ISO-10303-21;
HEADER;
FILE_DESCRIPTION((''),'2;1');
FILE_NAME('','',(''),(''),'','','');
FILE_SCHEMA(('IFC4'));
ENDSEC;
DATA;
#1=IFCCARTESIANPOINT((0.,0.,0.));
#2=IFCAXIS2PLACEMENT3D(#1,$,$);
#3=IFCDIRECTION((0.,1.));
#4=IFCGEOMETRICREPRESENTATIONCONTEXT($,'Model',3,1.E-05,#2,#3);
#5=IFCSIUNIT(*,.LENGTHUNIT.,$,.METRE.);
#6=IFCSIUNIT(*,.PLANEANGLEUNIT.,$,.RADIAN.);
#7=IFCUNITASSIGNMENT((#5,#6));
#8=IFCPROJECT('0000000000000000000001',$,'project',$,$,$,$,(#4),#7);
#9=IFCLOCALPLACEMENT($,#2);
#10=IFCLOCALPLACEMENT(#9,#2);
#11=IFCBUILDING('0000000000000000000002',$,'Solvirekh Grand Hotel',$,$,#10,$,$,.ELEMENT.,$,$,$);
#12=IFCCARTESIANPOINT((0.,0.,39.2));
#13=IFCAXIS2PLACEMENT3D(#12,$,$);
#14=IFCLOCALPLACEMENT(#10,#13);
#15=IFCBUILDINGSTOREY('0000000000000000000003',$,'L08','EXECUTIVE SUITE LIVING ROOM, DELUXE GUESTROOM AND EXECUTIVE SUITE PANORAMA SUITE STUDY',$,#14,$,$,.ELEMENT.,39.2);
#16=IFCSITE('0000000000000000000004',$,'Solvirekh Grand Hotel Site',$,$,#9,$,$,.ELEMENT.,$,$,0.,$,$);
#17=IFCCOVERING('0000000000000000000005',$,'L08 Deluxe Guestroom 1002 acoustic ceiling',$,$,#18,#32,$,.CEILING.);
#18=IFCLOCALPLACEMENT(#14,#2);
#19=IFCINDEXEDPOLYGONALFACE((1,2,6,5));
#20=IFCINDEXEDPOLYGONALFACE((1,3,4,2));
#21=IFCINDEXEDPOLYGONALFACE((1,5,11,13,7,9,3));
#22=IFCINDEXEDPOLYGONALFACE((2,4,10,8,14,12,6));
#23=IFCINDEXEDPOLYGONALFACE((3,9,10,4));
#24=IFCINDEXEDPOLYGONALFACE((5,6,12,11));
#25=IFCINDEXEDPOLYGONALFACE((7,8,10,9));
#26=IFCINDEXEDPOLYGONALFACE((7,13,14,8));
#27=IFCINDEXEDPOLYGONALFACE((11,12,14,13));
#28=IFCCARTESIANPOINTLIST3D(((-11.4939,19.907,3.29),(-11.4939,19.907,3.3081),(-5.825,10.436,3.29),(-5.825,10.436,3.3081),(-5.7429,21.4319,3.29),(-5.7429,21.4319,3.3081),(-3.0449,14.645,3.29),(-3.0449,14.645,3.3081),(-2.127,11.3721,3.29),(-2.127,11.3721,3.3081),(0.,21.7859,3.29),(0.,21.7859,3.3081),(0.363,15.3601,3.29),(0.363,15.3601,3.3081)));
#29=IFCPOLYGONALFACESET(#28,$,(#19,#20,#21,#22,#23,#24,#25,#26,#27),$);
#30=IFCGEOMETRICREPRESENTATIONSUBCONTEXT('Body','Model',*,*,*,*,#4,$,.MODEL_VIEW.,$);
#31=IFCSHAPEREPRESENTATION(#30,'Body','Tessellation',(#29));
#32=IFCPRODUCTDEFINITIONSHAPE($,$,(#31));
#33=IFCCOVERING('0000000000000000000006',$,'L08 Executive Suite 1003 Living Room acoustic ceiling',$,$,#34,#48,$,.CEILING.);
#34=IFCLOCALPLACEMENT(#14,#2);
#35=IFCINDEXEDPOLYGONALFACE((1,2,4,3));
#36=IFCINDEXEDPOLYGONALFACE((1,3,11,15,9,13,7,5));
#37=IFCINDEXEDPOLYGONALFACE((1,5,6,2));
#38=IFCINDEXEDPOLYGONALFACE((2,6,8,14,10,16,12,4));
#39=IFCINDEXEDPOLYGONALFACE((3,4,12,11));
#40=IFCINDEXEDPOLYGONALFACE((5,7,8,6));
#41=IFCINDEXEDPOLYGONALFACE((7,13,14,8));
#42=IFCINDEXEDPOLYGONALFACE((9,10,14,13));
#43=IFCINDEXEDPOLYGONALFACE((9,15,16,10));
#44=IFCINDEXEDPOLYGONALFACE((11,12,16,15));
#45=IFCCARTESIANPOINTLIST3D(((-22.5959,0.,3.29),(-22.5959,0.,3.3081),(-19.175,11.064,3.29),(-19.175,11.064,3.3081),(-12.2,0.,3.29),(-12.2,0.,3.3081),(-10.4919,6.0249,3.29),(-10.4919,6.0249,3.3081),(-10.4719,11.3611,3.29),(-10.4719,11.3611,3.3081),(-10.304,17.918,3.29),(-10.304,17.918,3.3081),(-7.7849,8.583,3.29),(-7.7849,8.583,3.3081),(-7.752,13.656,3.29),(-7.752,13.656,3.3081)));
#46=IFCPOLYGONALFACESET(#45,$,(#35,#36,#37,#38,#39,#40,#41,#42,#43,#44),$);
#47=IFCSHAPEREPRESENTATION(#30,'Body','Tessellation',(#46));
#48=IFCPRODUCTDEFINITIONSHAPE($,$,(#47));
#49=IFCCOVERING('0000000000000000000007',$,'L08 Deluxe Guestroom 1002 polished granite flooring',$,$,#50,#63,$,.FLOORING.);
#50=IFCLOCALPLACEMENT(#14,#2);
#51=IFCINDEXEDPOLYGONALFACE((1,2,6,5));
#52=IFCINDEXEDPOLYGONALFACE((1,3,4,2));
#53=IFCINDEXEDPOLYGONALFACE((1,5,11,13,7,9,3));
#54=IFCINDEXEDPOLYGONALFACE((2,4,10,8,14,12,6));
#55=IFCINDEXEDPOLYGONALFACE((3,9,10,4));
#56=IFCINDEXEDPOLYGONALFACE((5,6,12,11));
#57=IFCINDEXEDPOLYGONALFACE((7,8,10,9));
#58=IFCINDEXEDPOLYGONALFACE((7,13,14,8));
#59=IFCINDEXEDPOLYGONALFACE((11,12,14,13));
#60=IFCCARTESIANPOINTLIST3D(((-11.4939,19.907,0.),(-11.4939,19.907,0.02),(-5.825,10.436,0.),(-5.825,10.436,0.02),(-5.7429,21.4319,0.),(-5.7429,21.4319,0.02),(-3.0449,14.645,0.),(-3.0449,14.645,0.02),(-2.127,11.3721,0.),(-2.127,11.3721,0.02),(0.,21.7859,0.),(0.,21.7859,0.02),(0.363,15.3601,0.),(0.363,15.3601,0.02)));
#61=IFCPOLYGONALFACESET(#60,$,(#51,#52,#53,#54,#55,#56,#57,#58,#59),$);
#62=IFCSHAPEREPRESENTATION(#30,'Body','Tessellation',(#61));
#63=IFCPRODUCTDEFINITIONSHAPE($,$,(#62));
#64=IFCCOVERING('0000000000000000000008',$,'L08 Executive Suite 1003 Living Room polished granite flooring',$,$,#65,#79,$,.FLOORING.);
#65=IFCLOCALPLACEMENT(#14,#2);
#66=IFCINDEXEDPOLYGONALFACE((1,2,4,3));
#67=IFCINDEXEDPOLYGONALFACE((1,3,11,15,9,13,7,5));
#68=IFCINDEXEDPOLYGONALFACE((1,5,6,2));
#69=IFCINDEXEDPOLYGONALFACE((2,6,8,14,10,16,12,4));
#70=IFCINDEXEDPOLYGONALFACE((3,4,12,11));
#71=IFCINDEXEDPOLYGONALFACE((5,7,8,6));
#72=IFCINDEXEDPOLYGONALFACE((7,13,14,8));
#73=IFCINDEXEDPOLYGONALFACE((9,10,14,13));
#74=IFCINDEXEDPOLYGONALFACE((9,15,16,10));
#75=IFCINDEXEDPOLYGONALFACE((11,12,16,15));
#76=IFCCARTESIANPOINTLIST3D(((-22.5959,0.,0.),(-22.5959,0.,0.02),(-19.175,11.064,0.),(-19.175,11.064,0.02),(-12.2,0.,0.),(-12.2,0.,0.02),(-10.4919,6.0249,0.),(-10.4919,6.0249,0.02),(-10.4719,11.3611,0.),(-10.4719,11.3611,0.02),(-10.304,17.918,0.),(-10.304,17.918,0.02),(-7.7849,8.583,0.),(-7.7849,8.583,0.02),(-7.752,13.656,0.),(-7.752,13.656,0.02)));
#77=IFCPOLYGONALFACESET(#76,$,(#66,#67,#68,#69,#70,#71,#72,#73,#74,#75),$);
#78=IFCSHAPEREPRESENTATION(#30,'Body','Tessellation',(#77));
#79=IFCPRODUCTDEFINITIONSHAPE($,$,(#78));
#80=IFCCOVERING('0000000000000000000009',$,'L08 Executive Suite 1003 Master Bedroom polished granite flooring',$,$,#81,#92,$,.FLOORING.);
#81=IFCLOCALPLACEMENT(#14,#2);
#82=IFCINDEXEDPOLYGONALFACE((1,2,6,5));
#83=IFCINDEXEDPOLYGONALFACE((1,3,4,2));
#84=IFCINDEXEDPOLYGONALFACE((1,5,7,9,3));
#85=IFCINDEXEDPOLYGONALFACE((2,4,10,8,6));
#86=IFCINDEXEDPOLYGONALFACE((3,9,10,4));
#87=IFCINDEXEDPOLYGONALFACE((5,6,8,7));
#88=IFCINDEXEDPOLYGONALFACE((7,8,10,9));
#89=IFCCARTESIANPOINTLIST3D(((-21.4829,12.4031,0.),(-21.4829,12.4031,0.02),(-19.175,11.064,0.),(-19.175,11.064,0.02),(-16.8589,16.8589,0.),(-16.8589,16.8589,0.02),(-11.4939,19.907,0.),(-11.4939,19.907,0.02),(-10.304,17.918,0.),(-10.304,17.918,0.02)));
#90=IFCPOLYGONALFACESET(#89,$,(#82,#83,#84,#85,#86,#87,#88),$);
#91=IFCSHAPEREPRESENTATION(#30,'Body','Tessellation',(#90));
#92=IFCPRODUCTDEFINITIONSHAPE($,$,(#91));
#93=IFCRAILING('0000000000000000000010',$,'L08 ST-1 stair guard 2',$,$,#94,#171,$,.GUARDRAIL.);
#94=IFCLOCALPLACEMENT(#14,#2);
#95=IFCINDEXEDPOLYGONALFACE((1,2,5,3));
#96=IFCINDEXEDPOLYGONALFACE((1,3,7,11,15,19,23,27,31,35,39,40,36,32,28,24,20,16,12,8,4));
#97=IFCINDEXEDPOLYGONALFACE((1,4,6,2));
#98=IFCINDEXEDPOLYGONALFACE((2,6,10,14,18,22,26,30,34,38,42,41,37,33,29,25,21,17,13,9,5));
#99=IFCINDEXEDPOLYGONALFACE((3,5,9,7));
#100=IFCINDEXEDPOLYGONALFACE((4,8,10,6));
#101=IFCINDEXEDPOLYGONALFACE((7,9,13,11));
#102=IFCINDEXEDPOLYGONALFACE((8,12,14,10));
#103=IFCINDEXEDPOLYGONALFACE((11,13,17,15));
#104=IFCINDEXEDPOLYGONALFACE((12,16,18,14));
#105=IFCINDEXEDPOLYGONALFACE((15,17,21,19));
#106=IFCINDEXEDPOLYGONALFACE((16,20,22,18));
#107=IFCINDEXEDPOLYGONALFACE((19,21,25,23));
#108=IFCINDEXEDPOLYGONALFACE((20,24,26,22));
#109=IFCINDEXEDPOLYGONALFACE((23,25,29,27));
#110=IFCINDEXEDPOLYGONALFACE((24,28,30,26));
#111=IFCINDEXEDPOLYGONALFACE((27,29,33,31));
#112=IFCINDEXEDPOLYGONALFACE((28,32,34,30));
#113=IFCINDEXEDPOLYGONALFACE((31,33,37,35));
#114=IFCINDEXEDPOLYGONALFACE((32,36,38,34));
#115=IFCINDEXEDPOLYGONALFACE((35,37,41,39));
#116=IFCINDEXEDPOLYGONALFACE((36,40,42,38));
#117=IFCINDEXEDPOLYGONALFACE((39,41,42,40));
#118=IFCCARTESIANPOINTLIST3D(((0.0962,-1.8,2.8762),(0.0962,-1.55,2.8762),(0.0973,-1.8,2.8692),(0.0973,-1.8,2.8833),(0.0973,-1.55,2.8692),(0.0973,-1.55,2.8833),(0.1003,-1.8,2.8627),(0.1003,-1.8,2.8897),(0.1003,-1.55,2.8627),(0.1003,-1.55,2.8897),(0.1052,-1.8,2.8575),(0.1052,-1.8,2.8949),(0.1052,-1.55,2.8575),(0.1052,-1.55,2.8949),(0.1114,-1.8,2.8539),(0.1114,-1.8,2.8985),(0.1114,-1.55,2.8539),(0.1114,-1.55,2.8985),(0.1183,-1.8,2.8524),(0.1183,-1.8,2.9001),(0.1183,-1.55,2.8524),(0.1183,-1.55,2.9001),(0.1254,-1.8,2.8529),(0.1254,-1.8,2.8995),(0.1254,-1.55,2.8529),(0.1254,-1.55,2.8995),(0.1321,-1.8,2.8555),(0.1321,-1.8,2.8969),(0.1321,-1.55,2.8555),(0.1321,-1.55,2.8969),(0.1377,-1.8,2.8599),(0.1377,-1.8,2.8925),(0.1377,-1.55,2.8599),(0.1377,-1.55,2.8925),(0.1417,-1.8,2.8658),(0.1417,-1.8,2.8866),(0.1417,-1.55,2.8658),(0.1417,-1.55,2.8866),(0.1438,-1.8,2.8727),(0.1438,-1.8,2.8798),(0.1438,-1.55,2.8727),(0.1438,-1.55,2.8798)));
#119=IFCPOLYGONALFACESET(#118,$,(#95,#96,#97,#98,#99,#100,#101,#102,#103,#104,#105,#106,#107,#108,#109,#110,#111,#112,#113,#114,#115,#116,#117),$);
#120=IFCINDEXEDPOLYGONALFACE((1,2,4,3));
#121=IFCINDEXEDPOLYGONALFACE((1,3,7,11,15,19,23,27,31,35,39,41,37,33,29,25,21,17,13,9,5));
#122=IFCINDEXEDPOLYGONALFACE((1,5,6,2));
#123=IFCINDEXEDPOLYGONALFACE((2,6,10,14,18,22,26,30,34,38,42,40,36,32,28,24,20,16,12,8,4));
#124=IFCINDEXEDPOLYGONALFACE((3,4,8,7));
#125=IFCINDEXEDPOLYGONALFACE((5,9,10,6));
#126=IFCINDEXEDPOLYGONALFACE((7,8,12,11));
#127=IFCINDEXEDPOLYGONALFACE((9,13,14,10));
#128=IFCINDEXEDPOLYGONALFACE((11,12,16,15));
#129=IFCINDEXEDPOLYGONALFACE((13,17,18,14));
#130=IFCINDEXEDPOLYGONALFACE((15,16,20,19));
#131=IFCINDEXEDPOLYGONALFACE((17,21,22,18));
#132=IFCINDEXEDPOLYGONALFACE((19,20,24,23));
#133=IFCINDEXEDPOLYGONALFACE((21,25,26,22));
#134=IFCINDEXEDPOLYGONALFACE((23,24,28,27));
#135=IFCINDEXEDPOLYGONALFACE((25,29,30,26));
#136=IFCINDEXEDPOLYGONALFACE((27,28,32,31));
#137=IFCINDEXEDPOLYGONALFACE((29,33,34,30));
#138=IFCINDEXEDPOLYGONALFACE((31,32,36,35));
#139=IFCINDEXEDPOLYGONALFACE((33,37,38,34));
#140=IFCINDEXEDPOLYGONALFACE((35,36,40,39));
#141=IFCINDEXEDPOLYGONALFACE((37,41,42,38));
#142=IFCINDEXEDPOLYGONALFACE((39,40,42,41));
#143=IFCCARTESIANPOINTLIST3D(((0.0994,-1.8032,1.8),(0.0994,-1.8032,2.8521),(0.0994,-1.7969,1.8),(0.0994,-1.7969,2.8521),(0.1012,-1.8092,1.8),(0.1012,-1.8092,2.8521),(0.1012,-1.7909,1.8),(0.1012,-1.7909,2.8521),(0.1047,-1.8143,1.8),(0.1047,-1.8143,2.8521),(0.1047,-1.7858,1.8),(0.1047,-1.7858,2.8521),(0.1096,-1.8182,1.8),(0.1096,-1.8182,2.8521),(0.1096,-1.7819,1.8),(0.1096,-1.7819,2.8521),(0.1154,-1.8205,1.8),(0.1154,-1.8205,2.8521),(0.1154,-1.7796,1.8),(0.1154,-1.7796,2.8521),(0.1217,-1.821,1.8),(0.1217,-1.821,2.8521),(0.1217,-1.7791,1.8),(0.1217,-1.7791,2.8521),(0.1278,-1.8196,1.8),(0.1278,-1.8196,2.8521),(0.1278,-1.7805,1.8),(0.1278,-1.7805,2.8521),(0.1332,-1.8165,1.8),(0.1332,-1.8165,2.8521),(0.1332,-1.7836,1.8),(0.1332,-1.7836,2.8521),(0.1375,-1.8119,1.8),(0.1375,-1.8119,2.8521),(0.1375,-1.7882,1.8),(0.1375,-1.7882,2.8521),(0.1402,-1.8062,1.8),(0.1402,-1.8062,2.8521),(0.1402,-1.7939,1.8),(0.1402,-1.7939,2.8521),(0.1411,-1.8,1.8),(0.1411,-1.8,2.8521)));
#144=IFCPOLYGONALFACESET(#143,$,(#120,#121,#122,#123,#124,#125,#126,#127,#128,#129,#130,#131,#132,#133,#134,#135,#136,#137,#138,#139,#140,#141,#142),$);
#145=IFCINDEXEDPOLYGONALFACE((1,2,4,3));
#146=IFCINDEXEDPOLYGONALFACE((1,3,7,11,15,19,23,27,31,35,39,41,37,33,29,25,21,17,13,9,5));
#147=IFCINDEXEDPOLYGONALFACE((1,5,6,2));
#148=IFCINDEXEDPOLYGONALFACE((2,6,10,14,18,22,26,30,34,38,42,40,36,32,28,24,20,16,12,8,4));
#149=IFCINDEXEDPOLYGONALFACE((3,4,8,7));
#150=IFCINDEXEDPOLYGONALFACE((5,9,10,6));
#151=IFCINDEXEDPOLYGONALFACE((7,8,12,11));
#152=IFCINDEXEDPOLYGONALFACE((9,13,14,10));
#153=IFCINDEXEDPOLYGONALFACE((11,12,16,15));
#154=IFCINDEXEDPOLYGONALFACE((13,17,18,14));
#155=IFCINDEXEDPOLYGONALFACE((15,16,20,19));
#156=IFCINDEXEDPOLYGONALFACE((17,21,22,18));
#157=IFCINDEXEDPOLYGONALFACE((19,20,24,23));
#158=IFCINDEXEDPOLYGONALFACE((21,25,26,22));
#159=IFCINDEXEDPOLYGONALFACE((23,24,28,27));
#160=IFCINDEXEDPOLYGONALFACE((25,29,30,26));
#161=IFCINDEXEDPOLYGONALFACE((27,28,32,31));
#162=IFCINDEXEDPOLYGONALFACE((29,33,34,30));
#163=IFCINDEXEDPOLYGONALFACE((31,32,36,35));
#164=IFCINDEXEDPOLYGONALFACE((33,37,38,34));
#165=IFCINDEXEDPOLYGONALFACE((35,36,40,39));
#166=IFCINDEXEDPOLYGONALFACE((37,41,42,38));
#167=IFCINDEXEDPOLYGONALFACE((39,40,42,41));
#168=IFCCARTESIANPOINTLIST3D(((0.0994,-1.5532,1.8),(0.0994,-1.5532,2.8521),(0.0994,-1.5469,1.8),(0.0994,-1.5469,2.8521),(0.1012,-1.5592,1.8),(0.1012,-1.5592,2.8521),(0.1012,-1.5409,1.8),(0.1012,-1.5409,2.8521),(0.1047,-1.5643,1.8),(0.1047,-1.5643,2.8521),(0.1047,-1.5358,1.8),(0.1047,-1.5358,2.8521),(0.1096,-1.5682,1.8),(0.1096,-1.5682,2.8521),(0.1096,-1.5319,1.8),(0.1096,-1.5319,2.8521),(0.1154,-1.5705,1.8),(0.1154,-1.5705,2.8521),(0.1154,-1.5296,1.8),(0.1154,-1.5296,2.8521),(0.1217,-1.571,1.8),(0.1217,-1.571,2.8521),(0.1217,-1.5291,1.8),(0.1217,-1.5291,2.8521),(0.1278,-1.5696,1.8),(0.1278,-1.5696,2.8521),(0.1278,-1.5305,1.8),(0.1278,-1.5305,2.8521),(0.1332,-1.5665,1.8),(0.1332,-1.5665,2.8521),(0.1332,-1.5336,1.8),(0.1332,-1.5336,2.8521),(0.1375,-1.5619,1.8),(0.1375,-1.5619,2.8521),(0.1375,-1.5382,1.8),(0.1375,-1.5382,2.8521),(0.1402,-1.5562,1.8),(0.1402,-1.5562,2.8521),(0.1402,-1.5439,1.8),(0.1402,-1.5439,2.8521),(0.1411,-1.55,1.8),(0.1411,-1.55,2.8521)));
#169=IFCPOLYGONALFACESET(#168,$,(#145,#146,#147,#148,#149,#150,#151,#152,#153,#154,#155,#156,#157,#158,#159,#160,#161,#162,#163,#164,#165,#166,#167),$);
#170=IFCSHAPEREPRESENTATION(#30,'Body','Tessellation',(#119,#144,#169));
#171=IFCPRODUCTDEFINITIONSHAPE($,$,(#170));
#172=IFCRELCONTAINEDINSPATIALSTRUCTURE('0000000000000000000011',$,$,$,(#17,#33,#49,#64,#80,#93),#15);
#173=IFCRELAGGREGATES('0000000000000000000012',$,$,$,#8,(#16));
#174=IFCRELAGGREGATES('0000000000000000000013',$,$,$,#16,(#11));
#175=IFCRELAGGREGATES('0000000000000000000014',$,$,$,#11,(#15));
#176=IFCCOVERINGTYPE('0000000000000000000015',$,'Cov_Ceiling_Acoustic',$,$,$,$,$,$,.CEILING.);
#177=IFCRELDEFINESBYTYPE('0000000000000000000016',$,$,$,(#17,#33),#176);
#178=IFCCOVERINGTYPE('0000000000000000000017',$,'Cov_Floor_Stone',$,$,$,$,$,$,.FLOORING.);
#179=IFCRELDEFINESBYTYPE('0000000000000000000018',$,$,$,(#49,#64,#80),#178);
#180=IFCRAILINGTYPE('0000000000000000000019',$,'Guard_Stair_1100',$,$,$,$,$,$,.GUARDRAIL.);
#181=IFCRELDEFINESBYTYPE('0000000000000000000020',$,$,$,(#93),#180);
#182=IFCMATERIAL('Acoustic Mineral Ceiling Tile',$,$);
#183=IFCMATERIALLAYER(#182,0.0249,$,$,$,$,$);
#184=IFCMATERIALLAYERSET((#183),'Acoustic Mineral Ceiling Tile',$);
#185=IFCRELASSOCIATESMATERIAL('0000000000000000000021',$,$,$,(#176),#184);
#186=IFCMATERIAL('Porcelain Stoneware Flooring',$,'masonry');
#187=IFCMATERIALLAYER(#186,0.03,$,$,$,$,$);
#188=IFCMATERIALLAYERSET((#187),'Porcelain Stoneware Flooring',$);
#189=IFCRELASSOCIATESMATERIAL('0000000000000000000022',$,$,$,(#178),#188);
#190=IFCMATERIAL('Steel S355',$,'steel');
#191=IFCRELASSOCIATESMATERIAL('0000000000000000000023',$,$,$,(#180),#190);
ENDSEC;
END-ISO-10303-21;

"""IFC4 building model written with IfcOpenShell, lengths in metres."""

from ifc_helpers import new_model, si_unit, direction, frame, origin, origin_2d, place, context, subcontext, project, spatial, polyline, circle, outline, extrude, material, layer, layer_set, type_object, element, save


model = new_model("IFC4")

# Units and contexts
model_context = context("Model", 3, precision=1e-05, world=origin(), true_north=direction((0.0, 1.0)))
body_context = subcontext(model_context, "Body", "Model", "MODEL_VIEW")
ifc_project = project(units=[si_unit("LENGTHUNIT", "METRE"), si_unit("PLANEANGLEUNIT", "RADIAN")], contexts=[model_context])

# Site, building, storey
site_placement = place(None, origin())
site = spatial("IfcSite", under=ifc_project, at=site_placement, Name="Solvirekh Grand Hotel Site", CompositionType="ELEMENT", RefElevation=0.0)
building_placement = place(site_placement, origin())
building = spatial("IfcBuilding", under=site, at=building_placement, Name="Solvirekh Grand Hotel", CompositionType="ELEMENT")
storey_placement = place(building_placement, frame((0.0, 0.0, 39.2)))
storey = spatial("IfcBuildingStorey", under=building, at=storey_placement, Name="L08", Description="EXECUTIVE SUITE LIVING ROOM, DELUXE GUESTROOM AND EXECUTIVE SUITE PANORAMA SUITE STUDY", CompositionType="ELEMENT", Elevation=39.2)

# Coverings
ifc_material_1 = material(Name="Acoustic Mineral Ceiling Tile")
ifc_layer_1 = layer(ifc_material_1, 0.0249)
ifc_layer_set_1 = layer_set([ifc_layer_1], Name="Acoustic Mineral Ceiling Tile")
covering_type_1 = type_object("IfcCoveringType", Name="Cov_Ceiling_Acoustic", PredefinedType="CEILING", material=ifc_layer_set_1)
covering_1_placement = place(storey_placement, frame((0.0, 0.0, 3.29)))
element("IfcCovering", 1, at=covering_1_placement, inside=storey, type_object=covering_type_1, Name="L08 Deluxe Guestroom 1002 acoustic ceiling", PredefinedType="CEILING", context=body_context, shape_type="SweptSolid", body=[
    extrude(outline(polyline([(-3.0449, 14.645), (0.363, 15.3601), (0.0, 21.7859), (-5.7429, 21.4319), (-11.4939, 19.907), (-5.825, 10.436), (-2.127, 11.3721), (-3.0449, 14.645)])), origin(), (0.0, 0.0, 1.0), 0.0181),
])
covering_2_placement = place(storey_placement, frame((0.0, 0.0, 3.29)))
element("IfcCovering", 2, at=covering_2_placement, inside=storey, type_object=covering_type_1, Name="L08 Executive Suite 1003 Living Room acoustic ceiling", PredefinedType="CEILING", context=body_context, shape_type="SweptSolid", body=[
    extrude(outline(polyline([(-10.4719, 11.3611), (-7.752, 13.656), (-10.304, 17.918), (-19.175, 11.064), (-22.5959, 0.0), (-12.2, 0.0), (-10.4919, 6.0249), (-7.7849, 8.583), (-10.4719, 11.3611)])), origin(), (0.0, 0.0, 1.0), 0.0181),
])
ifc_material_2 = material(Name="Porcelain Stoneware Flooring", Category="masonry")
ifc_layer_2 = layer(ifc_material_2, 0.03)
ifc_layer_set_2 = layer_set([ifc_layer_2], Name="Porcelain Stoneware Flooring")
covering_type_2 = type_object("IfcCoveringType", Name="Cov_Floor_Stone", PredefinedType="FLOORING", material=ifc_layer_set_2)
covering_3_placement = place(storey_placement, origin())
element("IfcCovering", 3, at=covering_3_placement, inside=storey, type_object=covering_type_2, Name="L08 Deluxe Guestroom 1002 polished granite flooring", PredefinedType="FLOORING", context=body_context, shape_type="SweptSolid", body=[
    extrude(outline(polyline([(-3.0449, 14.645), (0.363, 15.3601), (0.0, 21.7859), (-5.7429, 21.4319), (-11.4939, 19.907), (-5.825, 10.436), (-2.127, 11.3721), (-3.0449, 14.645)])), origin(), (0.0, 0.0, 1.0), 0.02),
])
covering_4_placement = place(storey_placement, origin())
element("IfcCovering", 4, at=covering_4_placement, inside=storey, type_object=covering_type_2, Name="L08 Executive Suite 1003 Living Room polished granite flooring", PredefinedType="FLOORING", context=body_context, shape_type="SweptSolid", body=[
    extrude(outline(polyline([(-10.4719, 11.3611), (-7.752, 13.656), (-10.304, 17.918), (-19.175, 11.064), (-22.5959, 0.0), (-12.2, 0.0), (-10.4919, 6.0249), (-7.7849, 8.583), (-10.4719, 11.3611)])), origin(), (0.0, 0.0, 1.0), 0.02),
])
covering_5_placement = place(storey_placement, origin())
element("IfcCovering", 5, at=covering_5_placement, inside=storey, type_object=covering_type_2, Name="L08 Executive Suite 1003 Master Bedroom polished granite flooring", PredefinedType="FLOORING", context=body_context, shape_type="SweptSolid", body=[
    extrude(outline(polyline([(-11.4939, 19.907), (-16.8589, 16.8589), (-21.4829, 12.4031), (-19.175, 11.064), (-10.304, 17.918), (-11.4939, 19.907)])), origin(), (0.0, 0.0, 1.0), 0.02),
])

# Railing
ifc_material_3 = material(Name="Steel S355", Category="steel")
railing_type_1 = type_object("IfcRailingType", Name="Guard_Stair_1100", PredefinedType="GUARDRAIL", material=ifc_material_3)
railing_1_placement = place(storey_placement, frame((0.1201, -1.8, 1.8)))
element("IfcRailing", 6, at=railing_1_placement, inside=storey, type_object=railing_type_1, Name="L08 ST-1 stair guard 2", PredefinedType="GUARDRAIL", context=body_context, shape_type="SweptSolid", body=[
    extrude(circle(Radius=0.0239, at=origin_2d()), frame((0.0, 0.0, 1.0762), z_axis=(0.0, 1.0, 0.0), x_axis=(-1.0, 0.0, 0.0)), (0.0, 0.0, 1.0), 0.25),
    extrude(circle(Radius=0.021, at=origin_2d()), origin(), (0.0, 0.0, 1.0), 1.052),
    extrude(circle(Radius=0.021, at=origin_2d()), frame((0.0, 0.25, 0.0)), (0.0, 0.0, 1.0), 1.052),
])

save(model, "model.ifc")
